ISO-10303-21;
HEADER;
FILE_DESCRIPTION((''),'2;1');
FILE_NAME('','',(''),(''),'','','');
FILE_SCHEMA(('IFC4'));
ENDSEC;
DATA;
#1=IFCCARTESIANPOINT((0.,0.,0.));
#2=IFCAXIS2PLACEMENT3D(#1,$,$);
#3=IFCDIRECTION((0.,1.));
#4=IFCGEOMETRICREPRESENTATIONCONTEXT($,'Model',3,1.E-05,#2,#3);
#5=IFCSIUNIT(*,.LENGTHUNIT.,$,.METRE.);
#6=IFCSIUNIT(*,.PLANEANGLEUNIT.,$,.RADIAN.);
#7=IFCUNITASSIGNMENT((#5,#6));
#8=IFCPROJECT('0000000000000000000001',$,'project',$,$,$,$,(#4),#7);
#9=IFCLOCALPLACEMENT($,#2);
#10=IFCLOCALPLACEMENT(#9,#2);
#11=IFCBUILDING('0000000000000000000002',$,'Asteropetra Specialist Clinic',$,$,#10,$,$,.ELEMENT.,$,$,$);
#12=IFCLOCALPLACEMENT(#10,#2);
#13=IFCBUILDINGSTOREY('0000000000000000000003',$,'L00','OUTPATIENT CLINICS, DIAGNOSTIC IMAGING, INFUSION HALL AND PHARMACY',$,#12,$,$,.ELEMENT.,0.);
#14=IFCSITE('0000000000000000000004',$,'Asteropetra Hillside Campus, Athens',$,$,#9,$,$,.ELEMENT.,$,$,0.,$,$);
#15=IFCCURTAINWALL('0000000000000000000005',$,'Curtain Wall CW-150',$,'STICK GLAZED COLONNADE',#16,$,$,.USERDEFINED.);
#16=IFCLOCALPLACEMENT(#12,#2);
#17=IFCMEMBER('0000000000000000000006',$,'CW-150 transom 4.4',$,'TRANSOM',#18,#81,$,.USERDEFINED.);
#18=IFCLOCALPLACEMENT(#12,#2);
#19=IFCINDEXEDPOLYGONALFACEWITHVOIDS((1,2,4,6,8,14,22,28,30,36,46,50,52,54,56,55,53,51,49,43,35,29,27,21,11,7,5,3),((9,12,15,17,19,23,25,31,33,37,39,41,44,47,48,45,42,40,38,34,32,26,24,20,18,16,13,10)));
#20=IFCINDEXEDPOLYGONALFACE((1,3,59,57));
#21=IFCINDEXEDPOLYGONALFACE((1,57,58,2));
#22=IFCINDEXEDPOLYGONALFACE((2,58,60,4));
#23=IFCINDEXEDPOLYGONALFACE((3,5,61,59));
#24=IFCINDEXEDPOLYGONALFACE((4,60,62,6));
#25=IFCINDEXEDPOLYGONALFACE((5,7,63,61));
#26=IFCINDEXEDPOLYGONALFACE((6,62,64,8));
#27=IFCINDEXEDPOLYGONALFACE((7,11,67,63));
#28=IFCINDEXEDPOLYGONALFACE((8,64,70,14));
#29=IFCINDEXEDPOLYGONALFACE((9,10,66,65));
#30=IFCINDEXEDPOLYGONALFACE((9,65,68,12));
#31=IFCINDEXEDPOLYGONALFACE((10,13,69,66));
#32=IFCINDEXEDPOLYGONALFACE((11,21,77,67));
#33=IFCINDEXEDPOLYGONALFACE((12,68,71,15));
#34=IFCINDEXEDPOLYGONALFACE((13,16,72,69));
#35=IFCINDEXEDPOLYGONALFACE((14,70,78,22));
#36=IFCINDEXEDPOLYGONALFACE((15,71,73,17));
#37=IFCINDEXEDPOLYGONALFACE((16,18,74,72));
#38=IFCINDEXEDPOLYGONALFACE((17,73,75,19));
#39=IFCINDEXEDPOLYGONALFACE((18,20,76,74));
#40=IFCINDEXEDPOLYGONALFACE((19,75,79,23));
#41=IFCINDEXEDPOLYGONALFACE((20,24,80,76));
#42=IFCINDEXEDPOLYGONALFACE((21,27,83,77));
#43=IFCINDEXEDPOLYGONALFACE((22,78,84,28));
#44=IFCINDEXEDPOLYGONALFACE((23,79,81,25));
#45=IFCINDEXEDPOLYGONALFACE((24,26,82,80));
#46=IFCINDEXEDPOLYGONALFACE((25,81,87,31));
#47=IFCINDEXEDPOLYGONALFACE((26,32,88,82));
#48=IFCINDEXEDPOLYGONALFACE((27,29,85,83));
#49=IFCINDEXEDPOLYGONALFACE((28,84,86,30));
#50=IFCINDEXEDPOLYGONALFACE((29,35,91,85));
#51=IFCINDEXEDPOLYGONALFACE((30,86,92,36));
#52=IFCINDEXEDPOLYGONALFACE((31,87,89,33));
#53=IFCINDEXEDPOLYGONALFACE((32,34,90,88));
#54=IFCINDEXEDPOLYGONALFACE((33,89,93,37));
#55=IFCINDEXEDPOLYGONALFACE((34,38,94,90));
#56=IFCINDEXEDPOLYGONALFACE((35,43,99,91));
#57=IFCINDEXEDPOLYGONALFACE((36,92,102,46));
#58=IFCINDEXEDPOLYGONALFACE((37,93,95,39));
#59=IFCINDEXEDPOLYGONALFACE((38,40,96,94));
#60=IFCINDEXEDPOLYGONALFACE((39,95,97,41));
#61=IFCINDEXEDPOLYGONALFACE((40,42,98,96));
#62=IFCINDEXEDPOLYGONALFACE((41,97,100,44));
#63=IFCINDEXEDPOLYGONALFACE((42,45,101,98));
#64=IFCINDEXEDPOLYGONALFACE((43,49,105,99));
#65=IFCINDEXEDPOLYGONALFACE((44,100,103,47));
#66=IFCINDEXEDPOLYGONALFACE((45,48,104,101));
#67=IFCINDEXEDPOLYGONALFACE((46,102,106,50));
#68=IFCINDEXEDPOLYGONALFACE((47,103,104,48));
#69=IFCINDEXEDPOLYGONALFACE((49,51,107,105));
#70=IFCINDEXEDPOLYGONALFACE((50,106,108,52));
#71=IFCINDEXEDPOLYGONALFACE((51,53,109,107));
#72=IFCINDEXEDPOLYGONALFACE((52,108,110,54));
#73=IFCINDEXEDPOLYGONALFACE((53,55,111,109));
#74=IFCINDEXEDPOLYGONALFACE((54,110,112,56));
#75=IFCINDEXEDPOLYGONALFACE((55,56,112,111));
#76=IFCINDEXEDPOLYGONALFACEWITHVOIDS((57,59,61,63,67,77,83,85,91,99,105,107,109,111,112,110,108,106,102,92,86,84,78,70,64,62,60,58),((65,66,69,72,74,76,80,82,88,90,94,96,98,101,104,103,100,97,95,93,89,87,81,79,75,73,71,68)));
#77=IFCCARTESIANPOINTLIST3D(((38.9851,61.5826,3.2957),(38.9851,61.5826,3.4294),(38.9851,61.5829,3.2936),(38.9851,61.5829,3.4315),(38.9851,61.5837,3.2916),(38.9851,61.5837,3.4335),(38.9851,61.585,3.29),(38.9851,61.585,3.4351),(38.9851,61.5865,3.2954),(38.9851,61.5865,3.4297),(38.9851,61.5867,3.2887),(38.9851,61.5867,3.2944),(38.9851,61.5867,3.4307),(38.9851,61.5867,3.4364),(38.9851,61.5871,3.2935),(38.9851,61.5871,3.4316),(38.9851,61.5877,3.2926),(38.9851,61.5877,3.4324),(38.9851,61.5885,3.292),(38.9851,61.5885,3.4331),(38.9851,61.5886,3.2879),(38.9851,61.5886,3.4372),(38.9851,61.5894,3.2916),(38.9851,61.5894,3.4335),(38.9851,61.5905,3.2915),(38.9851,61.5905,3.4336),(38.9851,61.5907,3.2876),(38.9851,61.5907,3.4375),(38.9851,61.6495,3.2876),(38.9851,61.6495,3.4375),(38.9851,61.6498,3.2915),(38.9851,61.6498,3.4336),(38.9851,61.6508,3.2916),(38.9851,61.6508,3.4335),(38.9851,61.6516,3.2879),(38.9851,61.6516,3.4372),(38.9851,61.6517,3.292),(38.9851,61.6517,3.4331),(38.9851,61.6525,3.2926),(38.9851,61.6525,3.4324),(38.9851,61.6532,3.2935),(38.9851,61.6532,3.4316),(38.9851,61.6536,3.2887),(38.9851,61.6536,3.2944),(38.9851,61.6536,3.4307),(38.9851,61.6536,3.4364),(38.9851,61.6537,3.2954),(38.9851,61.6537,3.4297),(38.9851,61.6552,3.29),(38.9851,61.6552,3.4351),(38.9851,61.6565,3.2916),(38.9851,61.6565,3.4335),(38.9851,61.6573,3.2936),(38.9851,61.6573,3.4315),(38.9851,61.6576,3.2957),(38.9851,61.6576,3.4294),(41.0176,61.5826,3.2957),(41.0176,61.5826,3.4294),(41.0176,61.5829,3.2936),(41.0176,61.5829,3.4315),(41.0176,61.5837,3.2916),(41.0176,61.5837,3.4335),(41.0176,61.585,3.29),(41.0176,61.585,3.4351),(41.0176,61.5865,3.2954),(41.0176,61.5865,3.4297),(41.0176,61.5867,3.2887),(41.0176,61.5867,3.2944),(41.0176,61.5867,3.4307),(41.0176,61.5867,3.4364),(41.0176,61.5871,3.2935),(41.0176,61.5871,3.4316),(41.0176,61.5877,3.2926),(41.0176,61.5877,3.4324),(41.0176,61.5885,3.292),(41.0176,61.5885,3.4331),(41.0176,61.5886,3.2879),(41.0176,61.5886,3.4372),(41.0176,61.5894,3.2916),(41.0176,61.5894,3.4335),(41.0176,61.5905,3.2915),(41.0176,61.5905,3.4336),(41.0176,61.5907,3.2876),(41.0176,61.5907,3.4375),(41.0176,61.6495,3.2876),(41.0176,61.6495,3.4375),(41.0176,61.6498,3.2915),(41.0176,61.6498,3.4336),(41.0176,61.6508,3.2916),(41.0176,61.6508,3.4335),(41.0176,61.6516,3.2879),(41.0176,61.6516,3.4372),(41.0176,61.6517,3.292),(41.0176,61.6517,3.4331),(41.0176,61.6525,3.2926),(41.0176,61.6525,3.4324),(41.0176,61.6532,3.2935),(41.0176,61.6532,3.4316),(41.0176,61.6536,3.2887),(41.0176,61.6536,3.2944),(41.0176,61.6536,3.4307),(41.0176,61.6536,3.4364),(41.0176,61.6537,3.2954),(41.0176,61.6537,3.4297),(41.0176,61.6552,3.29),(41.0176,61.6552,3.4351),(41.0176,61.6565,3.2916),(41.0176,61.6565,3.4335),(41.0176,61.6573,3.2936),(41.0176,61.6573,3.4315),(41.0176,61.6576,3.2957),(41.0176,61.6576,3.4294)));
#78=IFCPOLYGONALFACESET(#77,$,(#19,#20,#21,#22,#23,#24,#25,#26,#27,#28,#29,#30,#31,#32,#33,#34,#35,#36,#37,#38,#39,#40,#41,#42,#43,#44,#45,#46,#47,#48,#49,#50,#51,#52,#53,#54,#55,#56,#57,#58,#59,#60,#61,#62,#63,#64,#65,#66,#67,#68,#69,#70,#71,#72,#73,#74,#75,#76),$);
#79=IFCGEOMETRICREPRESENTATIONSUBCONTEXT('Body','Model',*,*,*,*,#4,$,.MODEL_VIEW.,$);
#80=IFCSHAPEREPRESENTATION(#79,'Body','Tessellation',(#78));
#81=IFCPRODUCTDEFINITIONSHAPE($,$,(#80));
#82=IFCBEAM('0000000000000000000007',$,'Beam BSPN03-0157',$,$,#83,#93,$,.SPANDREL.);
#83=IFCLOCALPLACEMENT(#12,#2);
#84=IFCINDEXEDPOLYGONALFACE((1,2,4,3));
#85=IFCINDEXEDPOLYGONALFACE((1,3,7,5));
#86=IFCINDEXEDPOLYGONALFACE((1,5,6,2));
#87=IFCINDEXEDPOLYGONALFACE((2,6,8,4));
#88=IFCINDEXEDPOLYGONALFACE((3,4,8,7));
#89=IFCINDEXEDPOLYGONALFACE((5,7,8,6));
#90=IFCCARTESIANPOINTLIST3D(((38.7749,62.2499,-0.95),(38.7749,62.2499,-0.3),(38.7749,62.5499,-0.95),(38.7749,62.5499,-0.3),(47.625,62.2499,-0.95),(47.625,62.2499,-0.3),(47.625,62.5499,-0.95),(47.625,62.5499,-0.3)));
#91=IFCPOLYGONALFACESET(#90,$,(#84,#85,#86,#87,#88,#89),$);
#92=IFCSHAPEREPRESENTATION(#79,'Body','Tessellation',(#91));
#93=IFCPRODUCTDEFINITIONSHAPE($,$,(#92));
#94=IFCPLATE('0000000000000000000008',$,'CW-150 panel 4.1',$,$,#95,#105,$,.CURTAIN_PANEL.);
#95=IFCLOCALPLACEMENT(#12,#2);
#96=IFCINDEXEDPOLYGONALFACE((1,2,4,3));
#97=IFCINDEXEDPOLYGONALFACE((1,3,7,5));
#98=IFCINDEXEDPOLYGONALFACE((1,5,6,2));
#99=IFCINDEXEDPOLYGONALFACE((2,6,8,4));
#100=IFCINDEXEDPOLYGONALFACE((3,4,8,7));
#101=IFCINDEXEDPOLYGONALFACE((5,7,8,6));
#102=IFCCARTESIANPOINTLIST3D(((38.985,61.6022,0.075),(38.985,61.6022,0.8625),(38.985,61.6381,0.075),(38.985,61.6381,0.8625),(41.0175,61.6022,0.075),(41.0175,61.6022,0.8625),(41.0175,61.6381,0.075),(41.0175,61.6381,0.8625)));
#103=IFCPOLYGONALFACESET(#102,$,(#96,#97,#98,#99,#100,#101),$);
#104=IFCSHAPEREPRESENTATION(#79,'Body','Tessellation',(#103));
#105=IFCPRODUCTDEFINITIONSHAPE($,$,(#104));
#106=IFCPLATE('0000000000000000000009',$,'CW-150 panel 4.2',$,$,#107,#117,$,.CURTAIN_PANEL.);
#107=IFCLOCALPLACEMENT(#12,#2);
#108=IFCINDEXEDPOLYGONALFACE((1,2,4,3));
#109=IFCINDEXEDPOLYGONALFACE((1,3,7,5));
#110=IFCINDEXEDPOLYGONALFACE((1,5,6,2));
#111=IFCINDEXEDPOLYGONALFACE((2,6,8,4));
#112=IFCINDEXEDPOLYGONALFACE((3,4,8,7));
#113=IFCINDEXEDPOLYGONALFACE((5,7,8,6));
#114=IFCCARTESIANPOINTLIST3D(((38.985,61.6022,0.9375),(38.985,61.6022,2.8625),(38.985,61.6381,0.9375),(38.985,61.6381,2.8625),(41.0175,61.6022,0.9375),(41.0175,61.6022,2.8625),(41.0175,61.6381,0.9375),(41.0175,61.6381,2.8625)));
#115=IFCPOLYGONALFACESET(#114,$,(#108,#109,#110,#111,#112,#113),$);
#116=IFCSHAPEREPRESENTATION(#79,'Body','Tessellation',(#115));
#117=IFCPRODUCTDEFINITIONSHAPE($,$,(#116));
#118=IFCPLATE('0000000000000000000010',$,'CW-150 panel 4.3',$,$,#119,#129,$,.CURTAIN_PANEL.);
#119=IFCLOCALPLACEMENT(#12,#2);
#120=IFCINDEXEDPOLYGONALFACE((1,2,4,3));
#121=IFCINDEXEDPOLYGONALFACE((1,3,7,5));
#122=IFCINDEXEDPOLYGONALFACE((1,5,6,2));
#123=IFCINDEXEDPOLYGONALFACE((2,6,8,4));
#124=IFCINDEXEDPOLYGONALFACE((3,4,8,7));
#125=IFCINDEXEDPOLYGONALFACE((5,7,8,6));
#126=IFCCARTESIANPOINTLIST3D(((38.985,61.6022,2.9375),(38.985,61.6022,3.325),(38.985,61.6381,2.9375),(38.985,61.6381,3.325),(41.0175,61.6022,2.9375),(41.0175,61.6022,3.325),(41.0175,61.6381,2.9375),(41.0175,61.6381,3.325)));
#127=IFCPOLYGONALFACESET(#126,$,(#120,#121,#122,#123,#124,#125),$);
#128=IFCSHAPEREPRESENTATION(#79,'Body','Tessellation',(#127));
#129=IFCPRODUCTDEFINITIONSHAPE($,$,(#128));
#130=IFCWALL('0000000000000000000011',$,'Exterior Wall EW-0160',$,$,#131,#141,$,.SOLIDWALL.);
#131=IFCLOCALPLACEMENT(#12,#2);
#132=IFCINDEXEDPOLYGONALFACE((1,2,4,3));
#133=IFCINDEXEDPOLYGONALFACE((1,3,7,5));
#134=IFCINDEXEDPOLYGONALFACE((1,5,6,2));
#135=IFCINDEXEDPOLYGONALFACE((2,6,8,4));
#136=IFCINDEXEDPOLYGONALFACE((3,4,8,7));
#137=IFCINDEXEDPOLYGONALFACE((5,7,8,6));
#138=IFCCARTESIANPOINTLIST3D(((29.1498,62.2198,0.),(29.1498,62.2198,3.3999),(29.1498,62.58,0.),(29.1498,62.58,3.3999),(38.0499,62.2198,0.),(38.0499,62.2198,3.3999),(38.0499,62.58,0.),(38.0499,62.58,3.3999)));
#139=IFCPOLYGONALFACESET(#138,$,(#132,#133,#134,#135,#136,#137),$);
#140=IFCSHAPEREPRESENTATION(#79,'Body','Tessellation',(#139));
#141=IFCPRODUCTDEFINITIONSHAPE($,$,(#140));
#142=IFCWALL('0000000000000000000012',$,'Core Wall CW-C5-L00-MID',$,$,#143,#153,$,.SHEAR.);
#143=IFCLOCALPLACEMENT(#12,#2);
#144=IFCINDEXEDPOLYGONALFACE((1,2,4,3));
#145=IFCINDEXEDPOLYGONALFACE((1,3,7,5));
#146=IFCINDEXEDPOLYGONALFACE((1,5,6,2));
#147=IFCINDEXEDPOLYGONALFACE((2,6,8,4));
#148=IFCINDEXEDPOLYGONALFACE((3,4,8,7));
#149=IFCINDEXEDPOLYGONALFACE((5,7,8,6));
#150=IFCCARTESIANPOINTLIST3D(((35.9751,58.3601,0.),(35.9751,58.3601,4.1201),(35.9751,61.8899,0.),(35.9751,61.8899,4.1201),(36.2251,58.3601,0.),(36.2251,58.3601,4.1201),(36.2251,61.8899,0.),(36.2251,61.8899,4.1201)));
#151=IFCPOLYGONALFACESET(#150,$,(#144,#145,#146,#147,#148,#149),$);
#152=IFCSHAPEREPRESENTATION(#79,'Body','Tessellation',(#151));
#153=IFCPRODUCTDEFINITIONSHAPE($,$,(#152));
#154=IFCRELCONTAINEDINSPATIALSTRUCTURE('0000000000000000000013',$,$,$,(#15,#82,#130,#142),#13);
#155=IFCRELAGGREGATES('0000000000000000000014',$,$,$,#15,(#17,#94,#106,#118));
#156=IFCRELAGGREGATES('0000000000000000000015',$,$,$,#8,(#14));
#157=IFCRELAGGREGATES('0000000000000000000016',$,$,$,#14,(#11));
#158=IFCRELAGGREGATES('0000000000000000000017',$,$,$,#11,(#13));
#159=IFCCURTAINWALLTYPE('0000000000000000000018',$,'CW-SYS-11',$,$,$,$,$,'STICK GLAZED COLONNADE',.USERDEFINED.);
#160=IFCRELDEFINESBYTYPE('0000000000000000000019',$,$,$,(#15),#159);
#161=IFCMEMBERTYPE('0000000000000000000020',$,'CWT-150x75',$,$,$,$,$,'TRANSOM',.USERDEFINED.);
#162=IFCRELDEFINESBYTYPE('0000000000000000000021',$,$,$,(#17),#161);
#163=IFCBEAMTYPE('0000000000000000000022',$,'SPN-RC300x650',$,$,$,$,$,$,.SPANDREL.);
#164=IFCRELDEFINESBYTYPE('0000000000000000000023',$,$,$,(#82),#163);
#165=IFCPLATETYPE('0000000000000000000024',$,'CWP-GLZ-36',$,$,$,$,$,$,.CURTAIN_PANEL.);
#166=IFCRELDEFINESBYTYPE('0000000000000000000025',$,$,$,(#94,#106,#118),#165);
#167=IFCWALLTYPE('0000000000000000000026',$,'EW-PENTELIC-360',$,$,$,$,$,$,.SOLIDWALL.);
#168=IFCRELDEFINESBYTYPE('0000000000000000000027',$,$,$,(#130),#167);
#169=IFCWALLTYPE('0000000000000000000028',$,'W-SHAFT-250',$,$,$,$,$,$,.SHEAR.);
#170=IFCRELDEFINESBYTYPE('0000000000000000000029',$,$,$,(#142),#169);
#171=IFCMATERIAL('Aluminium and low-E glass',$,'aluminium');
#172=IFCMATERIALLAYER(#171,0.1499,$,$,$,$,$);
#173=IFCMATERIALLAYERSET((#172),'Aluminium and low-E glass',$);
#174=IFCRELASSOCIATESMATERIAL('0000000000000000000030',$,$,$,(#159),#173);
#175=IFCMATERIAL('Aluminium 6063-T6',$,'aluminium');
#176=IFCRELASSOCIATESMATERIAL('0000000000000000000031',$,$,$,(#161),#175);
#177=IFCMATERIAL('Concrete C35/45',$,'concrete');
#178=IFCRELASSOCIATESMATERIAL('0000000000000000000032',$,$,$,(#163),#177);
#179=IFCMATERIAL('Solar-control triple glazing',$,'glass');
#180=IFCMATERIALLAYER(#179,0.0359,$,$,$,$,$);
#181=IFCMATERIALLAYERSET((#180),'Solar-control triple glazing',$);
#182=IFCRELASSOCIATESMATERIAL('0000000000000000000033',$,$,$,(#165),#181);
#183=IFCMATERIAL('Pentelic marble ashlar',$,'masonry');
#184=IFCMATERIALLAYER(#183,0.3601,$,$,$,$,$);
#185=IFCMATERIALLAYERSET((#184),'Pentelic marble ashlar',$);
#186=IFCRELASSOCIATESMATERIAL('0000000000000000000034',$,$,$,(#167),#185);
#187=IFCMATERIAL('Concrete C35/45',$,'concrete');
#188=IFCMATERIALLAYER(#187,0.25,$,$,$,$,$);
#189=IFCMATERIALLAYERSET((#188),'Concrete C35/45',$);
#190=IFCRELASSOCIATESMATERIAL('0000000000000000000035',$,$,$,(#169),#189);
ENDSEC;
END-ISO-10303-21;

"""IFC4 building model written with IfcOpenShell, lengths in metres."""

from ifc_helpers import new_model, si_unit, direction, frame, frame_2d, origin, origin_2d, place, context, subcontext, project, spatial, rectangle, hollow_rectangle, extrude, material, layer, layer_set, material_profile, profile_set, type_object, element, aggregate, save


model = new_model("IFC4")

# Units and contexts
model_context = context("Model", 3, precision=1e-05, world=origin(), true_north=direction((0.0, 1.0)))
body_context = subcontext(model_context, "Body", "Model", "MODEL_VIEW")
ifc_project = project(units=[si_unit("LENGTHUNIT", "METRE"), si_unit("PLANEANGLEUNIT", "RADIAN")], contexts=[model_context])

# Site, building, storey
site_placement = place(None, origin())
site = spatial("IfcSite", under=ifc_project, at=site_placement, Name="Asteropetra Hillside Campus, Athens", CompositionType="ELEMENT", RefElevation=0.0)
building_placement = place(site_placement, origin())
building = spatial("IfcBuilding", under=site, at=building_placement, Name="Asteropetra Specialist Clinic", CompositionType="ELEMENT")
storey_placement = place(building_placement, origin())
storey = spatial("IfcBuildingStorey", under=building, at=storey_placement, Name="L00", Description="OUTPATIENT CLINICS, DIAGNOSTIC IMAGING, INFUSION HALL AND PHARMACY", CompositionType="ELEMENT", Elevation=0.0)

# Curtain wall, member
ifc_material_1 = material(Name="Aluminium and low-E glass", Category="aluminium")
ifc_layer_1 = layer(ifc_material_1, 0.1499)
ifc_layer_set_1 = layer_set([ifc_layer_1], Name="Aluminium and low-E glass")
curtain_wall_type = type_object("IfcCurtainWallType", Name="CW-SYS-11", ElementType="STICK GLAZED COLONNADE", PredefinedType="USERDEFINED", material=ifc_layer_set_1)
curtain_wall_placement = place(storey_placement, origin())
curtain_wall = element("IfcCurtainWall", 1, at=curtain_wall_placement, inside=storey, type_object=curtain_wall_type, Name="Curtain Wall CW-150", ObjectType="STICK GLAZED COLONNADE", PredefinedType="USERDEFINED")
ifc_material_2 = material(Name="Aluminium 6063-T6", Category="aluminium")
ifc_material_profile_1 = material_profile(ifc_material_2, hollow_rectangle(XDim=0.075, YDim=0.1499, WallThickness=0.0039, InnerFilletRadius=0.0039, OuterFilletRadius=0.0081, at=origin_2d()), Name="TRN 150x75x4.0")
ifc_profile_set_1 = profile_set([ifc_material_profile_1], Name="Aluminium 6063-T6")
member_type_1 = type_object("IfcMemberType", Name="CWT-150x75", ElementType="TRANSOM", PredefinedType="USERDEFINED", material=ifc_profile_set_1)
member_1_placement = place(storey_placement, frame((41.0176, 61.6201, 3.3625), z_axis=(-1.0, 0.0, 0.0), x_axis=(0.0, -1.0, 0.0)))
member_1 = element("IfcMember", 2, at=member_1_placement, type_object=member_type_1, Name="CW-150 transom 4.4", ObjectType="TRANSOM", PredefinedType="USERDEFINED", context=body_context, shape_type="SweptSolid", body=[
    extrude(hollow_rectangle(XDim=0.075, YDim=0.1499, WallThickness=0.0039, InnerFilletRadius=0.0039, OuterFilletRadius=0.0081, at=origin_2d()), origin(), (0.0, 0.0, 1.0), 2.0325),
])

# Beam
ifc_material_3 = material(Name="Concrete C35/45", Category="concrete")
ifc_material_profile_2 = material_profile(ifc_material_3, rectangle(XDim=0.3, YDim=0.6499, at=origin_2d()), Name="RCS 300x650")
ifc_profile_set_2 = profile_set([ifc_material_profile_2], Name="Concrete C35/45")
beam_type = type_object("IfcBeamType", Name="SPN-RC300x650", PredefinedType="SPANDREL", material=ifc_profile_set_2)
beam_placement = place(storey_placement, frame((38.7749, 62.3999, -0.625), z_axis=(1.0, 0.0, 0.0), x_axis=(0.0, 1.0, 0.0)))
element("IfcBeam", 3, at=beam_placement, inside=storey, type_object=beam_type, Name="Beam BSPN03-0157", PredefinedType="SPANDREL", context=body_context, shape_type="SweptSolid", body=[
    extrude(rectangle(XDim=0.3, YDim=0.6499, at=origin_2d()), origin(), (0.0, 0.0, 1.0), 8.8501),
])

# Plates
ifc_material_4 = material(Name="Solar-control triple glazing", Category="glass")
ifc_layer_2 = layer(ifc_material_4, 0.0359)
ifc_layer_set_2 = layer_set([ifc_layer_2], Name="Solar-control triple glazing")
plate_type = type_object("IfcPlateType", Name="CWP-GLZ-36", PredefinedType="CURTAIN_PANEL", material=ifc_layer_set_2)
plate_1_placement = place(storey_placement, frame((40.0012, 61.6201, 0.075), z_axis=(0.0, 0.0, 1.0), x_axis=(-1.0, 0.0, 0.0)))
plate_1 = element("IfcPlate", 4, at=plate_1_placement, type_object=plate_type, Name="CW-150 panel 4.1", PredefinedType="CURTAIN_PANEL", context=body_context, shape_type="SweptSolid", body=[
    extrude(rectangle(XDim=2.0325, YDim=0.0359, at=origin_2d()), origin(), (0.0, 0.0, 1.0), 0.7876),
])
plate_2_placement = place(storey_placement, frame((40.0012, 61.6201, 0.9375), z_axis=(0.0, 0.0, 1.0), x_axis=(-1.0, 0.0, 0.0)))
plate_2 = element("IfcPlate", 5, at=plate_2_placement, type_object=plate_type, Name="CW-150 panel 4.2", PredefinedType="CURTAIN_PANEL", context=body_context, shape_type="SweptSolid", body=[
    extrude(rectangle(XDim=2.0325, YDim=0.0359, at=origin_2d()), origin(), (0.0, 0.0, 1.0), 1.925),
])
plate_3_placement = place(storey_placement, frame((40.0012, 61.6201, 2.9375), z_axis=(0.0, 0.0, 1.0), x_axis=(-1.0, 0.0, 0.0)))
plate_3 = element("IfcPlate", 6, at=plate_3_placement, type_object=plate_type, Name="CW-150 panel 4.3", PredefinedType="CURTAIN_PANEL", context=body_context, shape_type="SweptSolid", body=[
    extrude(rectangle(XDim=2.0325, YDim=0.0359, at=origin_2d()), origin(), (0.0, 0.0, 1.0), 0.3875),
])
aggregate(curtain_wall, [member_1, plate_1, plate_2, plate_3])

# Walls
ifc_material_5 = material(Name="Pentelic marble ashlar", Category="masonry")
ifc_layer_3 = layer(ifc_material_5, 0.3601)
ifc_layer_set_3 = layer_set([ifc_layer_3], Name="Pentelic marble ashlar")
wall_type_1 = type_object("IfcWallType", Name="EW-PENTELIC-360", PredefinedType="SOLIDWALL", material=ifc_layer_set_3)
wall_1_placement = place(storey_placement, frame((38.05, 62.3999, 0.0), z_axis=(0.0, 0.0, 1.0), x_axis=(-1.0, 0.0, 0.0)))
element("IfcWall", 7, at=wall_1_placement, inside=storey, type_object=wall_type_1, Name="Exterior Wall EW-0160", PredefinedType="SOLIDWALL", context=body_context, shape_type="SweptSolid", body=[
    extrude(rectangle(XDim=8.9001, YDim=0.3601, at=frame_2d((4.4502, 0.0))), origin(), (0.0, 0.0, 1.0), 3.3999),
])
ifc_material_6 = material(Name="Concrete C35/45", Category="concrete")
ifc_layer_4 = layer(ifc_material_6, 0.25)
ifc_layer_set_4 = layer_set([ifc_layer_4], Name="Concrete C35/45")
wall_type_2 = type_object("IfcWallType", Name="W-SHAFT-250", PredefinedType="SHEAR", material=ifc_layer_set_4)
wall_2_placement = place(storey_placement, frame((36.1001, 58.3601, 0.0), z_axis=(0.0, 0.0, 1.0), x_axis=(0.0, 1.0, 0.0)))
element("IfcWall", 8, at=wall_2_placement, inside=storey, type_object=wall_type_2, Name="Core Wall CW-C5-L00-MID", PredefinedType="SHEAR", context=body_context, shape_type="SweptSolid", body=[
    extrude(rectangle(XDim=3.5298, YDim=0.25, at=frame_2d((1.7649, 0.0))), origin(), (0.0, 0.0, 1.0), 4.1201),
])

save(model, "model.ifc")
